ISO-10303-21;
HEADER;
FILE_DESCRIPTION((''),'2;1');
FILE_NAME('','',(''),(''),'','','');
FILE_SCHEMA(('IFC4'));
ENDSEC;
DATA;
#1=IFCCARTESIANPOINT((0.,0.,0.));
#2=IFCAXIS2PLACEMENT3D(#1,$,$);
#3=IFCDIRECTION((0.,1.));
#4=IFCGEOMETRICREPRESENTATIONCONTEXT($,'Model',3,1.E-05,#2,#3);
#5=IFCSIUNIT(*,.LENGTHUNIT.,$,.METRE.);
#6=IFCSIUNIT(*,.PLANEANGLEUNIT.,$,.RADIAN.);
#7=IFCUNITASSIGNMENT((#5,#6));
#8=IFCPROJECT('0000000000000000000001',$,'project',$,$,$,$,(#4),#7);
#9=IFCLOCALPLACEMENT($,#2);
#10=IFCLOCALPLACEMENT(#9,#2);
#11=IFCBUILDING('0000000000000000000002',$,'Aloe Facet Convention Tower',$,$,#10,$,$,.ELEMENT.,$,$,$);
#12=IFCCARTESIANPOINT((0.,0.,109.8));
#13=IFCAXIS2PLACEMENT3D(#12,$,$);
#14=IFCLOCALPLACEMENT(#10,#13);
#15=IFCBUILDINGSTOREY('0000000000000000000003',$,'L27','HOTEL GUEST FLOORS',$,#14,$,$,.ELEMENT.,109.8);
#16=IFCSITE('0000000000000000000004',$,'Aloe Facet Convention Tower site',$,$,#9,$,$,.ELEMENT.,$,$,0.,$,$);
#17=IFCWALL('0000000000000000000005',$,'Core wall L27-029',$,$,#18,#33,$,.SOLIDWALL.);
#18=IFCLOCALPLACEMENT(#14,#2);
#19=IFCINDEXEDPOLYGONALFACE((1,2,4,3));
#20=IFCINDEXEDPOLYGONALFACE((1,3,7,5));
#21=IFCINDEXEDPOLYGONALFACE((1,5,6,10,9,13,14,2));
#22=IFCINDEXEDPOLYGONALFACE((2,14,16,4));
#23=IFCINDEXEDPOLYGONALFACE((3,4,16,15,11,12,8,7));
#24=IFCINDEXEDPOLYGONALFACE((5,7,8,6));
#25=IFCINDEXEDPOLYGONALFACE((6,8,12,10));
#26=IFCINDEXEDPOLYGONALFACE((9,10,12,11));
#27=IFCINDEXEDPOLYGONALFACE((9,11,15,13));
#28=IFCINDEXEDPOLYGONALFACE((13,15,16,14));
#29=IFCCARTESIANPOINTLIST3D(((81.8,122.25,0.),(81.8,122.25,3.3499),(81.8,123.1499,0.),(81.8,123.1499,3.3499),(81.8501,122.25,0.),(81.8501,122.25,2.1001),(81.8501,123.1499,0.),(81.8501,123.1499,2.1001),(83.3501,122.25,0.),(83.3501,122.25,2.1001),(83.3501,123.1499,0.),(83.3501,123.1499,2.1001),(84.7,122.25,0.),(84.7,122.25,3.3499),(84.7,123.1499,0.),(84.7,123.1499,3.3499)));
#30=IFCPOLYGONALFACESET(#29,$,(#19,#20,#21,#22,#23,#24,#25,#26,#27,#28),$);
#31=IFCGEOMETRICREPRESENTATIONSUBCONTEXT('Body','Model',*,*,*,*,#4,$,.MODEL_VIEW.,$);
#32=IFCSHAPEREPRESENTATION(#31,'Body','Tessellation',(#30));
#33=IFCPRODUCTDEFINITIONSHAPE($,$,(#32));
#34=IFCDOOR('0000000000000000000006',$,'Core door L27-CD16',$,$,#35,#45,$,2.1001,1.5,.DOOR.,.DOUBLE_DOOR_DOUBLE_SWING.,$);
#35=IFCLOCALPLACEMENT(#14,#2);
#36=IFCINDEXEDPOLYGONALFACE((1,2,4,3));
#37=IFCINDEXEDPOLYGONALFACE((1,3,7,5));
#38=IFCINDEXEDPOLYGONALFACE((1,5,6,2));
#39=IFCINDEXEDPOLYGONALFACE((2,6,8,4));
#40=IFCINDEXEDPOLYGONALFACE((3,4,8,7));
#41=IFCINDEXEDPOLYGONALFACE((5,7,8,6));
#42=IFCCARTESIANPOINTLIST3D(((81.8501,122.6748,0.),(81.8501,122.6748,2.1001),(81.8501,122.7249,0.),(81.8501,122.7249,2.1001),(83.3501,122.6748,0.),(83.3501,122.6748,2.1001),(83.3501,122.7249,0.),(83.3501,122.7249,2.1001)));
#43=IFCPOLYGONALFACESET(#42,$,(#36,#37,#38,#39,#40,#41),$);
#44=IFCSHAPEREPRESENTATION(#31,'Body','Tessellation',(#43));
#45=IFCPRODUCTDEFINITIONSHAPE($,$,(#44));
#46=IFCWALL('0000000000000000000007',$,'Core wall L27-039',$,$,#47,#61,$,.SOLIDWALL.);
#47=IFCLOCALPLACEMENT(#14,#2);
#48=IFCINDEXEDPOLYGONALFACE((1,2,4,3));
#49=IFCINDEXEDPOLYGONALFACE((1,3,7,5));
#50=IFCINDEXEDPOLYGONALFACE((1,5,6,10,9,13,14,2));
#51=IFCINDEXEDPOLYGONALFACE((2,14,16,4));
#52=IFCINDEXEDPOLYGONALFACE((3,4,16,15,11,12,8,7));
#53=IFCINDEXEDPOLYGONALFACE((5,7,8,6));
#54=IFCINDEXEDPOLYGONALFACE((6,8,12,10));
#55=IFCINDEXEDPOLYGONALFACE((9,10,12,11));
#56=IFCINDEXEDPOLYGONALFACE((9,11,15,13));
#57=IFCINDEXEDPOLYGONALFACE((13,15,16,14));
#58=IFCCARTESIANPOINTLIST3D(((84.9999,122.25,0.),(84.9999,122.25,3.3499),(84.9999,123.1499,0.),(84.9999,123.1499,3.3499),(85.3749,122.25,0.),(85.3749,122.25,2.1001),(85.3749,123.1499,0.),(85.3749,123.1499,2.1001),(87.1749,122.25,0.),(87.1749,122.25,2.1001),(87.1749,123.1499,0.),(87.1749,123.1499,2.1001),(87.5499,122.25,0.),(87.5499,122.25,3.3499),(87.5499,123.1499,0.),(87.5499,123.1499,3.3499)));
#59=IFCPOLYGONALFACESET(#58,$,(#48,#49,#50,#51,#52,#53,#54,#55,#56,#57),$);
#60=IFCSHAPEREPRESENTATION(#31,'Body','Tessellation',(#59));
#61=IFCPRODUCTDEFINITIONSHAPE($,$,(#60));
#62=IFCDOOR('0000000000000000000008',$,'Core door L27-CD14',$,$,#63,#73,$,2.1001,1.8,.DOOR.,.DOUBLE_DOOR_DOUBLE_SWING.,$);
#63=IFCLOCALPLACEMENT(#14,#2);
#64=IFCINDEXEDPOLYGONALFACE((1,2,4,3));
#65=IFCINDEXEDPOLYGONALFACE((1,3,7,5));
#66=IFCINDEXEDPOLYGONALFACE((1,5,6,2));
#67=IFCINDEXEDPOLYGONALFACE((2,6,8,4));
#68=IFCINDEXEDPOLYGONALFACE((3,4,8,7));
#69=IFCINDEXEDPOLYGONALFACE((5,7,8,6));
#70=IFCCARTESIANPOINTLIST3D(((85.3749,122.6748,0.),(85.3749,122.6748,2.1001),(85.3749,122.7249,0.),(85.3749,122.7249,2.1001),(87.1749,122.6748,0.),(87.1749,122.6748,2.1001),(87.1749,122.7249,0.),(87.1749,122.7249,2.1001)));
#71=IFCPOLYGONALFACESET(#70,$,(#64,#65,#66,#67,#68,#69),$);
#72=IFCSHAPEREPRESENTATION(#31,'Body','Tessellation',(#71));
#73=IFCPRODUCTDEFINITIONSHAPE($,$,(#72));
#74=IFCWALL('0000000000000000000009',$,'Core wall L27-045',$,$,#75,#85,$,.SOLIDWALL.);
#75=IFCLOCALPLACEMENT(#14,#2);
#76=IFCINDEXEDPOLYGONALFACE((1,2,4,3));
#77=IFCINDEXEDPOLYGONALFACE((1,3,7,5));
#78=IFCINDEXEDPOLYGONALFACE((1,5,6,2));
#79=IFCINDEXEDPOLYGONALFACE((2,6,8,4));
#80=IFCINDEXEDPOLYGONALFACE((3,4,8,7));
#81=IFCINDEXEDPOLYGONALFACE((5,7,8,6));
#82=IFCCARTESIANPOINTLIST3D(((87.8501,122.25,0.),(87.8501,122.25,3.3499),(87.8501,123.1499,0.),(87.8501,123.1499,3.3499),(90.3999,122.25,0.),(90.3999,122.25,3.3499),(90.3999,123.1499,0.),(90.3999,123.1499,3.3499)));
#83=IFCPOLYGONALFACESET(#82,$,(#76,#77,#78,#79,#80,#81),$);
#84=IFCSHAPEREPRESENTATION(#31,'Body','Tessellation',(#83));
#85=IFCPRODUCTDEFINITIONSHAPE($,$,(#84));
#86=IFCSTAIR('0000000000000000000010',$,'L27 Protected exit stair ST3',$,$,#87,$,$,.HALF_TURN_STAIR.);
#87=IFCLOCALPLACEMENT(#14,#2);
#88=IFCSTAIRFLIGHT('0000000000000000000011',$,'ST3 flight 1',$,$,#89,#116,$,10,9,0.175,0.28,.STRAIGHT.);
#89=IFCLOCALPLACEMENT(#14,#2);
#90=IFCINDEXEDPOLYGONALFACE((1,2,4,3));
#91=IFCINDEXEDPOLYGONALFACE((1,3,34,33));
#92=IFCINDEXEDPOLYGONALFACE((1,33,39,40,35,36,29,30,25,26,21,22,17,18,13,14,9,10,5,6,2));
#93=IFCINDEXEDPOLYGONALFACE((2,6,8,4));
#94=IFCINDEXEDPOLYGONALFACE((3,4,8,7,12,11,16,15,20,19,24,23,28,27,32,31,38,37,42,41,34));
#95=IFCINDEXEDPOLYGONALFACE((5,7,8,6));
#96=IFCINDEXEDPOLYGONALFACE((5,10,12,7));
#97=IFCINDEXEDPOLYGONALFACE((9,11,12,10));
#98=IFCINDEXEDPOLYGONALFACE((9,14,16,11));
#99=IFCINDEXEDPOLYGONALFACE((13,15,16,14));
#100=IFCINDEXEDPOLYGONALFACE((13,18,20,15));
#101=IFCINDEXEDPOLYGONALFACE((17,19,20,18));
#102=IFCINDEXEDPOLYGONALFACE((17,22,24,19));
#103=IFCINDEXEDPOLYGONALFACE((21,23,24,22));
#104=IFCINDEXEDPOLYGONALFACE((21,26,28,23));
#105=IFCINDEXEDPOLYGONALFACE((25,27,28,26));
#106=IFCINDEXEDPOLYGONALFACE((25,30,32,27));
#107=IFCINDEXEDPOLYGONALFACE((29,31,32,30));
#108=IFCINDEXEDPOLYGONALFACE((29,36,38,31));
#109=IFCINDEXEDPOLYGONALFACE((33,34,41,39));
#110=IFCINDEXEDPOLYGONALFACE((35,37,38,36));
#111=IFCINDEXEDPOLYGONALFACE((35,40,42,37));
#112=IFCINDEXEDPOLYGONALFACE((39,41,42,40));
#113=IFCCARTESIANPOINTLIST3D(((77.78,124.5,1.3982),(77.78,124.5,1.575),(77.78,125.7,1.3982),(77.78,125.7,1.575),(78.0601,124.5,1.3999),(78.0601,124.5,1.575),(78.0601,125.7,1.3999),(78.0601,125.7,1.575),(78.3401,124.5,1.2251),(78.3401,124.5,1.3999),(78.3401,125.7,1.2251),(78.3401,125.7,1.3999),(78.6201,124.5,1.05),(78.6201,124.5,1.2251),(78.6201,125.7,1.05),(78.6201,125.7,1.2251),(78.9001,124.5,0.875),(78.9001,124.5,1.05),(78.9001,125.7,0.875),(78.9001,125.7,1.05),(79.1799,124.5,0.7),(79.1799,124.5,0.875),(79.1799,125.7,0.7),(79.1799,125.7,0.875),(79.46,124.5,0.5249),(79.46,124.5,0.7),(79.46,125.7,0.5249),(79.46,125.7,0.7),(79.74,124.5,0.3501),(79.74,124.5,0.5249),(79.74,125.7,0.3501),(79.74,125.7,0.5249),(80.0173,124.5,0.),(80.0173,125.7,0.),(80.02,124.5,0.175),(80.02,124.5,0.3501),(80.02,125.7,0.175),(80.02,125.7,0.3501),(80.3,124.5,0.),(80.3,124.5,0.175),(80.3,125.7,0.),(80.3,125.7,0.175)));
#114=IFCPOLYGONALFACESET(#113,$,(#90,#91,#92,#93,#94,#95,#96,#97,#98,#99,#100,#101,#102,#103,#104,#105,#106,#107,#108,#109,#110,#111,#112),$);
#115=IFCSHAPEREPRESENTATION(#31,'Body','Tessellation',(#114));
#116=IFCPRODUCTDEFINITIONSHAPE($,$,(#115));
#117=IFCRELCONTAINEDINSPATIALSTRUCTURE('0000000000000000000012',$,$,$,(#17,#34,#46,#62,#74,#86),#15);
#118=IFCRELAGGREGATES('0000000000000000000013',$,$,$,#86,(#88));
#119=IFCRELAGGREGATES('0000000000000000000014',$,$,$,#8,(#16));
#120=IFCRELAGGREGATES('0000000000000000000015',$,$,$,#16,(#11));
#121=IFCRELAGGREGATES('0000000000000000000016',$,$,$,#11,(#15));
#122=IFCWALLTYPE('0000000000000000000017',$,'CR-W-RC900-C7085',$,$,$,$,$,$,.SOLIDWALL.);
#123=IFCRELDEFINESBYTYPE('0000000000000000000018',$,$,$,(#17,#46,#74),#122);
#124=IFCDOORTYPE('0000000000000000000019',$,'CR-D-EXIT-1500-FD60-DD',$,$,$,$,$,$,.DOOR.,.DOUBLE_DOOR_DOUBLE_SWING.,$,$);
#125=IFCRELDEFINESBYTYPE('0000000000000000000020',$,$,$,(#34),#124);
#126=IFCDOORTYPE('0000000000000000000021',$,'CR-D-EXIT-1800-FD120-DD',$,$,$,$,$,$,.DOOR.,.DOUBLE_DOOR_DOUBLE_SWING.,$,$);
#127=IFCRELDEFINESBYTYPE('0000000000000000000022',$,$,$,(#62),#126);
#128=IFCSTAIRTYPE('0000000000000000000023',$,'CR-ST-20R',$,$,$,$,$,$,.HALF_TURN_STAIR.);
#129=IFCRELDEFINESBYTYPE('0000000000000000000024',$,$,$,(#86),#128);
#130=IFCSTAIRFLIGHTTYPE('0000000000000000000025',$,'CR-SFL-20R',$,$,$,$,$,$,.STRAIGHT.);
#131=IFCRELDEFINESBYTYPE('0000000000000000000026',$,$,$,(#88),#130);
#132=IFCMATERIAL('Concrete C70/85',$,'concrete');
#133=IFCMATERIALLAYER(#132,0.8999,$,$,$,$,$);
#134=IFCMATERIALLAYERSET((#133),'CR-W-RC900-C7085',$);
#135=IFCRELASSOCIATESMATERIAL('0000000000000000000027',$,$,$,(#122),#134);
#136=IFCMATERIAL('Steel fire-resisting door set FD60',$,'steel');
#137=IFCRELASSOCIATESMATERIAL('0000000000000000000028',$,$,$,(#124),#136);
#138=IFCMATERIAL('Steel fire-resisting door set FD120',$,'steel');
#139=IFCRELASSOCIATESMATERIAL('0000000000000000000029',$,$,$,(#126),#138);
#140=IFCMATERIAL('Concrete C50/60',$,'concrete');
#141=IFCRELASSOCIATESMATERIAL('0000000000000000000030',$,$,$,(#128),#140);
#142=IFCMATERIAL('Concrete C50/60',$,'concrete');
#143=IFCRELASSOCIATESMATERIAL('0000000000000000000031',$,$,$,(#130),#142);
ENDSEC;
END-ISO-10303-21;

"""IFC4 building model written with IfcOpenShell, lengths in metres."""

from ifc_helpers import new_model, si_unit, direction, frame, frame_2d, origin, place, context, subcontext, project, spatial, polyline, rectangle, outline, extrude, material, layer, layer_set, type_object, element, fill, aggregate, save


model = new_model("IFC4")

# Units and contexts
model_context = context("Model", 3, precision=1e-05, world=origin(), true_north=direction((0.0, 1.0)))
body_context = subcontext(model_context, "Body", "Model", "MODEL_VIEW")
ifc_project = project(units=[si_unit("LENGTHUNIT", "METRE"), si_unit("PLANEANGLEUNIT", "RADIAN")], contexts=[model_context])

# Site, building, storey
site_placement = place(None, origin())
site = spatial("IfcSite", under=ifc_project, at=site_placement, Name="Aloe Facet Convention Tower site", CompositionType="ELEMENT", RefElevation=0.0)
building_placement = place(site_placement, origin())
building = spatial("IfcBuilding", under=site, at=building_placement, Name="Aloe Facet Convention Tower", CompositionType="ELEMENT")
storey_placement = place(building_placement, frame((0.0, 0.0, 109.8)))
storey = spatial("IfcBuildingStorey", under=building, at=storey_placement, Name="L27", Description="HOTEL GUEST FLOORS", CompositionType="ELEMENT", Elevation=109.8)

# Walls, openings, doors
ifc_material_1 = material(Name="Concrete C70/85", Category="concrete")
ifc_layer_1 = layer(ifc_material_1, 0.8999)
ifc_layer_set_1 = layer_set([ifc_layer_1], Name="CR-W-RC900-C7085")
wall_type_1 = type_object("IfcWallType", Name="CR-W-RC900-C7085", PredefinedType="SOLIDWALL", material=ifc_layer_set_1)
wall_1_placement = place(storey_placement, frame((81.8, 122.7, 0.0), z_axis=(0.0, 0.0, 1.0), x_axis=(1.0, 0.0, 0.0)))
wall_1 = element("IfcWall", 1, at=wall_1_placement, inside=storey, type_object=wall_type_1, Name="Core wall L27-029", PredefinedType="SOLIDWALL", context=body_context, shape_type="SweptSolid", body=[
    extrude(rectangle(XDim=2.8999, YDim=0.8999, at=frame_2d((1.45, 0.0))), origin(), (0.0, 0.0, 1.0), 3.3499),
])
opening_1_placement = place(wall_1_placement, frame((0.05, 0.0, 0.0)))
opening_1 = element("IfcOpeningElement", 2, at=opening_1_placement, cuts=wall_1, PredefinedType="OPENING", context=body_context, shape_type="SweptSolid", body=[
    extrude(rectangle(XDim=1.5, YDim=2.1001, at=frame_2d((0.75, 1.05))), frame((0.0, 0.46, 0.0), z_axis=(0.0, -1.0, 0.0), x_axis=(1.0, 0.0, 0.0)), (0.0, 0.0, 1.0), 0.9199),
])
ifc_material_2 = material(Name="Steel fire-resisting door set FD60", Category="steel")
door_type_1 = type_object("IfcDoorType", Name="CR-D-EXIT-1500-FD60-DD", OperationType="DOUBLE_DOOR_DOUBLE_SWING", PredefinedType="DOOR", material=ifc_material_2)
door_1_placement = place(opening_1_placement, origin())
door_1 = element("IfcDoor", 3, at=door_1_placement, inside=storey, type_object=door_type_1, Name="Core door L27-CD16", OperationType="DOUBLE_DOOR_DOUBLE_SWING", OverallHeight=2.1001, OverallWidth=1.5, PredefinedType="DOOR", context=body_context, shape_type="SweptSolid", body=[
    extrude(rectangle(XDim=1.5, YDim=2.1001, at=frame_2d((0.75, 1.05))), frame((0.0, 0.0249, 0.0), z_axis=(0.0, -1.0, 0.0), x_axis=(1.0, 0.0, 0.0)), (0.0, 0.0, 1.0), 0.05),
])
fill(opening_1, door_1)
wall_2_placement = place(storey_placement, frame((85.0, 122.7, 0.0), z_axis=(0.0, 0.0, 1.0), x_axis=(1.0, 0.0, 0.0)))
wall_2 = element("IfcWall", 4, at=wall_2_placement, inside=storey, type_object=wall_type_1, Name="Core wall L27-039", PredefinedType="SOLIDWALL", context=body_context, shape_type="SweptSolid", body=[
    extrude(rectangle(XDim=2.55, YDim=0.8999, at=frame_2d((1.2749, 0.0))), origin(), (0.0, 0.0, 1.0), 3.3499),
])
opening_2_placement = place(wall_2_placement, frame((0.375, 0.0, 0.0)))
opening_2 = element("IfcOpeningElement", 5, at=opening_2_placement, cuts=wall_2, PredefinedType="OPENING", context=body_context, shape_type="SweptSolid", body=[
    extrude(rectangle(XDim=1.8, YDim=2.1001, at=frame_2d((0.8999, 1.05))), frame((0.0, 0.46, 0.0), z_axis=(0.0, -1.0, 0.0), x_axis=(1.0, 0.0, 0.0)), (0.0, 0.0, 1.0), 0.9199),
])
ifc_material_3 = material(Name="Steel fire-resisting door set FD120", Category="steel")
door_type_2 = type_object("IfcDoorType", Name="CR-D-EXIT-1800-FD120-DD", OperationType="DOUBLE_DOOR_DOUBLE_SWING", PredefinedType="DOOR", material=ifc_material_3)
door_2_placement = place(opening_2_placement, origin())
door_2 = element("IfcDoor", 6, at=door_2_placement, inside=storey, type_object=door_type_2, Name="Core door L27-CD14", OperationType="DOUBLE_DOOR_DOUBLE_SWING", OverallHeight=2.1001, OverallWidth=1.8, PredefinedType="DOOR", context=body_context, shape_type="SweptSolid", body=[
    extrude(rectangle(XDim=1.8, YDim=2.1001, at=frame_2d((0.8999, 1.05))), frame((0.0, 0.0249, 0.0), z_axis=(0.0, -1.0, 0.0), x_axis=(1.0, 0.0, 0.0)), (0.0, 0.0, 1.0), 0.05),
])
fill(opening_2, door_2)

# Wall
wall_3_placement = place(storey_placement, frame((87.8501, 122.7, 0.0), z_axis=(0.0, 0.0, 1.0), x_axis=(1.0, 0.0, 0.0)))
element("IfcWall", 7, at=wall_3_placement, inside=storey, type_object=wall_type_1, Name="Core wall L27-045", PredefinedType="SOLIDWALL", context=body_context, shape_type="SweptSolid", body=[
    extrude(rectangle(XDim=2.5498, YDim=0.8999, at=frame_2d((1.2749, 0.0))), origin(), (0.0, 0.0, 1.0), 3.3499),
])

# Stair, stair flight
ifc_material_4 = material(Name="Concrete C50/60", Category="concrete")
stair_type = type_object("IfcStairType", Name="CR-ST-20R", PredefinedType="HALF_TURN_STAIR", material=ifc_material_4)
stair_placement = place(storey_placement, origin())
stair = element("IfcStair", 8, at=stair_placement, inside=storey, type_object=stair_type, Name="L27 Protected exit stair ST3", PredefinedType="HALF_TURN_STAIR")
ifc_material_5 = material(Name="Concrete C50/60", Category="concrete")
stair_flight_type = type_object("IfcStairFlightType", Name="CR-SFL-20R", PredefinedType="STRAIGHT", material=ifc_material_5)
stair_flight_placement = place(storey_placement, frame((80.3, 125.1001, 0.0), z_axis=(0.0, 0.0, 1.0), x_axis=(-1.0, 0.0, 0.0)))
stair_flight = element("IfcStairFlight", 9, at=stair_flight_placement, type_object=stair_flight_type, Name="ST3 flight 1", NumberOfRisers=10, NumberOfTreads=9, PredefinedType="STRAIGHT", RiserHeight=0.175, TreadLength=0.28, context=body_context, shape_type="SweptSolid", body=[
    extrude(outline(polyline([(0.0, 0.0), (0.0, 0.175), (0.28, 0.175), (0.28, 0.3501), (0.5601, 0.3501), (0.5601, 0.5249), (0.8401, 0.5249), (0.8401, 0.7), (1.1201, 0.7), (1.1201, 0.875), (1.3999, 0.875), (1.3999, 1.05), (1.6799, 1.05), (1.6799, 1.2251), (1.96, 1.2251), (1.96, 1.3999), (2.24, 1.3999), (2.24, 1.575), (2.52, 1.575), (2.52, 1.75), (2.52, 1.3982), (0.2827, 0.0), (0.0, 0.0)])), frame((0.0, 0.6001, 0.0), z_axis=(0.0, -1.0, 0.0), x_axis=(1.0, 0.0, 0.0)), (0.0, 0.0, 1.0), 1.2),
])
aggregate(stair, [stair_flight])

save(model, "model.ifc")
